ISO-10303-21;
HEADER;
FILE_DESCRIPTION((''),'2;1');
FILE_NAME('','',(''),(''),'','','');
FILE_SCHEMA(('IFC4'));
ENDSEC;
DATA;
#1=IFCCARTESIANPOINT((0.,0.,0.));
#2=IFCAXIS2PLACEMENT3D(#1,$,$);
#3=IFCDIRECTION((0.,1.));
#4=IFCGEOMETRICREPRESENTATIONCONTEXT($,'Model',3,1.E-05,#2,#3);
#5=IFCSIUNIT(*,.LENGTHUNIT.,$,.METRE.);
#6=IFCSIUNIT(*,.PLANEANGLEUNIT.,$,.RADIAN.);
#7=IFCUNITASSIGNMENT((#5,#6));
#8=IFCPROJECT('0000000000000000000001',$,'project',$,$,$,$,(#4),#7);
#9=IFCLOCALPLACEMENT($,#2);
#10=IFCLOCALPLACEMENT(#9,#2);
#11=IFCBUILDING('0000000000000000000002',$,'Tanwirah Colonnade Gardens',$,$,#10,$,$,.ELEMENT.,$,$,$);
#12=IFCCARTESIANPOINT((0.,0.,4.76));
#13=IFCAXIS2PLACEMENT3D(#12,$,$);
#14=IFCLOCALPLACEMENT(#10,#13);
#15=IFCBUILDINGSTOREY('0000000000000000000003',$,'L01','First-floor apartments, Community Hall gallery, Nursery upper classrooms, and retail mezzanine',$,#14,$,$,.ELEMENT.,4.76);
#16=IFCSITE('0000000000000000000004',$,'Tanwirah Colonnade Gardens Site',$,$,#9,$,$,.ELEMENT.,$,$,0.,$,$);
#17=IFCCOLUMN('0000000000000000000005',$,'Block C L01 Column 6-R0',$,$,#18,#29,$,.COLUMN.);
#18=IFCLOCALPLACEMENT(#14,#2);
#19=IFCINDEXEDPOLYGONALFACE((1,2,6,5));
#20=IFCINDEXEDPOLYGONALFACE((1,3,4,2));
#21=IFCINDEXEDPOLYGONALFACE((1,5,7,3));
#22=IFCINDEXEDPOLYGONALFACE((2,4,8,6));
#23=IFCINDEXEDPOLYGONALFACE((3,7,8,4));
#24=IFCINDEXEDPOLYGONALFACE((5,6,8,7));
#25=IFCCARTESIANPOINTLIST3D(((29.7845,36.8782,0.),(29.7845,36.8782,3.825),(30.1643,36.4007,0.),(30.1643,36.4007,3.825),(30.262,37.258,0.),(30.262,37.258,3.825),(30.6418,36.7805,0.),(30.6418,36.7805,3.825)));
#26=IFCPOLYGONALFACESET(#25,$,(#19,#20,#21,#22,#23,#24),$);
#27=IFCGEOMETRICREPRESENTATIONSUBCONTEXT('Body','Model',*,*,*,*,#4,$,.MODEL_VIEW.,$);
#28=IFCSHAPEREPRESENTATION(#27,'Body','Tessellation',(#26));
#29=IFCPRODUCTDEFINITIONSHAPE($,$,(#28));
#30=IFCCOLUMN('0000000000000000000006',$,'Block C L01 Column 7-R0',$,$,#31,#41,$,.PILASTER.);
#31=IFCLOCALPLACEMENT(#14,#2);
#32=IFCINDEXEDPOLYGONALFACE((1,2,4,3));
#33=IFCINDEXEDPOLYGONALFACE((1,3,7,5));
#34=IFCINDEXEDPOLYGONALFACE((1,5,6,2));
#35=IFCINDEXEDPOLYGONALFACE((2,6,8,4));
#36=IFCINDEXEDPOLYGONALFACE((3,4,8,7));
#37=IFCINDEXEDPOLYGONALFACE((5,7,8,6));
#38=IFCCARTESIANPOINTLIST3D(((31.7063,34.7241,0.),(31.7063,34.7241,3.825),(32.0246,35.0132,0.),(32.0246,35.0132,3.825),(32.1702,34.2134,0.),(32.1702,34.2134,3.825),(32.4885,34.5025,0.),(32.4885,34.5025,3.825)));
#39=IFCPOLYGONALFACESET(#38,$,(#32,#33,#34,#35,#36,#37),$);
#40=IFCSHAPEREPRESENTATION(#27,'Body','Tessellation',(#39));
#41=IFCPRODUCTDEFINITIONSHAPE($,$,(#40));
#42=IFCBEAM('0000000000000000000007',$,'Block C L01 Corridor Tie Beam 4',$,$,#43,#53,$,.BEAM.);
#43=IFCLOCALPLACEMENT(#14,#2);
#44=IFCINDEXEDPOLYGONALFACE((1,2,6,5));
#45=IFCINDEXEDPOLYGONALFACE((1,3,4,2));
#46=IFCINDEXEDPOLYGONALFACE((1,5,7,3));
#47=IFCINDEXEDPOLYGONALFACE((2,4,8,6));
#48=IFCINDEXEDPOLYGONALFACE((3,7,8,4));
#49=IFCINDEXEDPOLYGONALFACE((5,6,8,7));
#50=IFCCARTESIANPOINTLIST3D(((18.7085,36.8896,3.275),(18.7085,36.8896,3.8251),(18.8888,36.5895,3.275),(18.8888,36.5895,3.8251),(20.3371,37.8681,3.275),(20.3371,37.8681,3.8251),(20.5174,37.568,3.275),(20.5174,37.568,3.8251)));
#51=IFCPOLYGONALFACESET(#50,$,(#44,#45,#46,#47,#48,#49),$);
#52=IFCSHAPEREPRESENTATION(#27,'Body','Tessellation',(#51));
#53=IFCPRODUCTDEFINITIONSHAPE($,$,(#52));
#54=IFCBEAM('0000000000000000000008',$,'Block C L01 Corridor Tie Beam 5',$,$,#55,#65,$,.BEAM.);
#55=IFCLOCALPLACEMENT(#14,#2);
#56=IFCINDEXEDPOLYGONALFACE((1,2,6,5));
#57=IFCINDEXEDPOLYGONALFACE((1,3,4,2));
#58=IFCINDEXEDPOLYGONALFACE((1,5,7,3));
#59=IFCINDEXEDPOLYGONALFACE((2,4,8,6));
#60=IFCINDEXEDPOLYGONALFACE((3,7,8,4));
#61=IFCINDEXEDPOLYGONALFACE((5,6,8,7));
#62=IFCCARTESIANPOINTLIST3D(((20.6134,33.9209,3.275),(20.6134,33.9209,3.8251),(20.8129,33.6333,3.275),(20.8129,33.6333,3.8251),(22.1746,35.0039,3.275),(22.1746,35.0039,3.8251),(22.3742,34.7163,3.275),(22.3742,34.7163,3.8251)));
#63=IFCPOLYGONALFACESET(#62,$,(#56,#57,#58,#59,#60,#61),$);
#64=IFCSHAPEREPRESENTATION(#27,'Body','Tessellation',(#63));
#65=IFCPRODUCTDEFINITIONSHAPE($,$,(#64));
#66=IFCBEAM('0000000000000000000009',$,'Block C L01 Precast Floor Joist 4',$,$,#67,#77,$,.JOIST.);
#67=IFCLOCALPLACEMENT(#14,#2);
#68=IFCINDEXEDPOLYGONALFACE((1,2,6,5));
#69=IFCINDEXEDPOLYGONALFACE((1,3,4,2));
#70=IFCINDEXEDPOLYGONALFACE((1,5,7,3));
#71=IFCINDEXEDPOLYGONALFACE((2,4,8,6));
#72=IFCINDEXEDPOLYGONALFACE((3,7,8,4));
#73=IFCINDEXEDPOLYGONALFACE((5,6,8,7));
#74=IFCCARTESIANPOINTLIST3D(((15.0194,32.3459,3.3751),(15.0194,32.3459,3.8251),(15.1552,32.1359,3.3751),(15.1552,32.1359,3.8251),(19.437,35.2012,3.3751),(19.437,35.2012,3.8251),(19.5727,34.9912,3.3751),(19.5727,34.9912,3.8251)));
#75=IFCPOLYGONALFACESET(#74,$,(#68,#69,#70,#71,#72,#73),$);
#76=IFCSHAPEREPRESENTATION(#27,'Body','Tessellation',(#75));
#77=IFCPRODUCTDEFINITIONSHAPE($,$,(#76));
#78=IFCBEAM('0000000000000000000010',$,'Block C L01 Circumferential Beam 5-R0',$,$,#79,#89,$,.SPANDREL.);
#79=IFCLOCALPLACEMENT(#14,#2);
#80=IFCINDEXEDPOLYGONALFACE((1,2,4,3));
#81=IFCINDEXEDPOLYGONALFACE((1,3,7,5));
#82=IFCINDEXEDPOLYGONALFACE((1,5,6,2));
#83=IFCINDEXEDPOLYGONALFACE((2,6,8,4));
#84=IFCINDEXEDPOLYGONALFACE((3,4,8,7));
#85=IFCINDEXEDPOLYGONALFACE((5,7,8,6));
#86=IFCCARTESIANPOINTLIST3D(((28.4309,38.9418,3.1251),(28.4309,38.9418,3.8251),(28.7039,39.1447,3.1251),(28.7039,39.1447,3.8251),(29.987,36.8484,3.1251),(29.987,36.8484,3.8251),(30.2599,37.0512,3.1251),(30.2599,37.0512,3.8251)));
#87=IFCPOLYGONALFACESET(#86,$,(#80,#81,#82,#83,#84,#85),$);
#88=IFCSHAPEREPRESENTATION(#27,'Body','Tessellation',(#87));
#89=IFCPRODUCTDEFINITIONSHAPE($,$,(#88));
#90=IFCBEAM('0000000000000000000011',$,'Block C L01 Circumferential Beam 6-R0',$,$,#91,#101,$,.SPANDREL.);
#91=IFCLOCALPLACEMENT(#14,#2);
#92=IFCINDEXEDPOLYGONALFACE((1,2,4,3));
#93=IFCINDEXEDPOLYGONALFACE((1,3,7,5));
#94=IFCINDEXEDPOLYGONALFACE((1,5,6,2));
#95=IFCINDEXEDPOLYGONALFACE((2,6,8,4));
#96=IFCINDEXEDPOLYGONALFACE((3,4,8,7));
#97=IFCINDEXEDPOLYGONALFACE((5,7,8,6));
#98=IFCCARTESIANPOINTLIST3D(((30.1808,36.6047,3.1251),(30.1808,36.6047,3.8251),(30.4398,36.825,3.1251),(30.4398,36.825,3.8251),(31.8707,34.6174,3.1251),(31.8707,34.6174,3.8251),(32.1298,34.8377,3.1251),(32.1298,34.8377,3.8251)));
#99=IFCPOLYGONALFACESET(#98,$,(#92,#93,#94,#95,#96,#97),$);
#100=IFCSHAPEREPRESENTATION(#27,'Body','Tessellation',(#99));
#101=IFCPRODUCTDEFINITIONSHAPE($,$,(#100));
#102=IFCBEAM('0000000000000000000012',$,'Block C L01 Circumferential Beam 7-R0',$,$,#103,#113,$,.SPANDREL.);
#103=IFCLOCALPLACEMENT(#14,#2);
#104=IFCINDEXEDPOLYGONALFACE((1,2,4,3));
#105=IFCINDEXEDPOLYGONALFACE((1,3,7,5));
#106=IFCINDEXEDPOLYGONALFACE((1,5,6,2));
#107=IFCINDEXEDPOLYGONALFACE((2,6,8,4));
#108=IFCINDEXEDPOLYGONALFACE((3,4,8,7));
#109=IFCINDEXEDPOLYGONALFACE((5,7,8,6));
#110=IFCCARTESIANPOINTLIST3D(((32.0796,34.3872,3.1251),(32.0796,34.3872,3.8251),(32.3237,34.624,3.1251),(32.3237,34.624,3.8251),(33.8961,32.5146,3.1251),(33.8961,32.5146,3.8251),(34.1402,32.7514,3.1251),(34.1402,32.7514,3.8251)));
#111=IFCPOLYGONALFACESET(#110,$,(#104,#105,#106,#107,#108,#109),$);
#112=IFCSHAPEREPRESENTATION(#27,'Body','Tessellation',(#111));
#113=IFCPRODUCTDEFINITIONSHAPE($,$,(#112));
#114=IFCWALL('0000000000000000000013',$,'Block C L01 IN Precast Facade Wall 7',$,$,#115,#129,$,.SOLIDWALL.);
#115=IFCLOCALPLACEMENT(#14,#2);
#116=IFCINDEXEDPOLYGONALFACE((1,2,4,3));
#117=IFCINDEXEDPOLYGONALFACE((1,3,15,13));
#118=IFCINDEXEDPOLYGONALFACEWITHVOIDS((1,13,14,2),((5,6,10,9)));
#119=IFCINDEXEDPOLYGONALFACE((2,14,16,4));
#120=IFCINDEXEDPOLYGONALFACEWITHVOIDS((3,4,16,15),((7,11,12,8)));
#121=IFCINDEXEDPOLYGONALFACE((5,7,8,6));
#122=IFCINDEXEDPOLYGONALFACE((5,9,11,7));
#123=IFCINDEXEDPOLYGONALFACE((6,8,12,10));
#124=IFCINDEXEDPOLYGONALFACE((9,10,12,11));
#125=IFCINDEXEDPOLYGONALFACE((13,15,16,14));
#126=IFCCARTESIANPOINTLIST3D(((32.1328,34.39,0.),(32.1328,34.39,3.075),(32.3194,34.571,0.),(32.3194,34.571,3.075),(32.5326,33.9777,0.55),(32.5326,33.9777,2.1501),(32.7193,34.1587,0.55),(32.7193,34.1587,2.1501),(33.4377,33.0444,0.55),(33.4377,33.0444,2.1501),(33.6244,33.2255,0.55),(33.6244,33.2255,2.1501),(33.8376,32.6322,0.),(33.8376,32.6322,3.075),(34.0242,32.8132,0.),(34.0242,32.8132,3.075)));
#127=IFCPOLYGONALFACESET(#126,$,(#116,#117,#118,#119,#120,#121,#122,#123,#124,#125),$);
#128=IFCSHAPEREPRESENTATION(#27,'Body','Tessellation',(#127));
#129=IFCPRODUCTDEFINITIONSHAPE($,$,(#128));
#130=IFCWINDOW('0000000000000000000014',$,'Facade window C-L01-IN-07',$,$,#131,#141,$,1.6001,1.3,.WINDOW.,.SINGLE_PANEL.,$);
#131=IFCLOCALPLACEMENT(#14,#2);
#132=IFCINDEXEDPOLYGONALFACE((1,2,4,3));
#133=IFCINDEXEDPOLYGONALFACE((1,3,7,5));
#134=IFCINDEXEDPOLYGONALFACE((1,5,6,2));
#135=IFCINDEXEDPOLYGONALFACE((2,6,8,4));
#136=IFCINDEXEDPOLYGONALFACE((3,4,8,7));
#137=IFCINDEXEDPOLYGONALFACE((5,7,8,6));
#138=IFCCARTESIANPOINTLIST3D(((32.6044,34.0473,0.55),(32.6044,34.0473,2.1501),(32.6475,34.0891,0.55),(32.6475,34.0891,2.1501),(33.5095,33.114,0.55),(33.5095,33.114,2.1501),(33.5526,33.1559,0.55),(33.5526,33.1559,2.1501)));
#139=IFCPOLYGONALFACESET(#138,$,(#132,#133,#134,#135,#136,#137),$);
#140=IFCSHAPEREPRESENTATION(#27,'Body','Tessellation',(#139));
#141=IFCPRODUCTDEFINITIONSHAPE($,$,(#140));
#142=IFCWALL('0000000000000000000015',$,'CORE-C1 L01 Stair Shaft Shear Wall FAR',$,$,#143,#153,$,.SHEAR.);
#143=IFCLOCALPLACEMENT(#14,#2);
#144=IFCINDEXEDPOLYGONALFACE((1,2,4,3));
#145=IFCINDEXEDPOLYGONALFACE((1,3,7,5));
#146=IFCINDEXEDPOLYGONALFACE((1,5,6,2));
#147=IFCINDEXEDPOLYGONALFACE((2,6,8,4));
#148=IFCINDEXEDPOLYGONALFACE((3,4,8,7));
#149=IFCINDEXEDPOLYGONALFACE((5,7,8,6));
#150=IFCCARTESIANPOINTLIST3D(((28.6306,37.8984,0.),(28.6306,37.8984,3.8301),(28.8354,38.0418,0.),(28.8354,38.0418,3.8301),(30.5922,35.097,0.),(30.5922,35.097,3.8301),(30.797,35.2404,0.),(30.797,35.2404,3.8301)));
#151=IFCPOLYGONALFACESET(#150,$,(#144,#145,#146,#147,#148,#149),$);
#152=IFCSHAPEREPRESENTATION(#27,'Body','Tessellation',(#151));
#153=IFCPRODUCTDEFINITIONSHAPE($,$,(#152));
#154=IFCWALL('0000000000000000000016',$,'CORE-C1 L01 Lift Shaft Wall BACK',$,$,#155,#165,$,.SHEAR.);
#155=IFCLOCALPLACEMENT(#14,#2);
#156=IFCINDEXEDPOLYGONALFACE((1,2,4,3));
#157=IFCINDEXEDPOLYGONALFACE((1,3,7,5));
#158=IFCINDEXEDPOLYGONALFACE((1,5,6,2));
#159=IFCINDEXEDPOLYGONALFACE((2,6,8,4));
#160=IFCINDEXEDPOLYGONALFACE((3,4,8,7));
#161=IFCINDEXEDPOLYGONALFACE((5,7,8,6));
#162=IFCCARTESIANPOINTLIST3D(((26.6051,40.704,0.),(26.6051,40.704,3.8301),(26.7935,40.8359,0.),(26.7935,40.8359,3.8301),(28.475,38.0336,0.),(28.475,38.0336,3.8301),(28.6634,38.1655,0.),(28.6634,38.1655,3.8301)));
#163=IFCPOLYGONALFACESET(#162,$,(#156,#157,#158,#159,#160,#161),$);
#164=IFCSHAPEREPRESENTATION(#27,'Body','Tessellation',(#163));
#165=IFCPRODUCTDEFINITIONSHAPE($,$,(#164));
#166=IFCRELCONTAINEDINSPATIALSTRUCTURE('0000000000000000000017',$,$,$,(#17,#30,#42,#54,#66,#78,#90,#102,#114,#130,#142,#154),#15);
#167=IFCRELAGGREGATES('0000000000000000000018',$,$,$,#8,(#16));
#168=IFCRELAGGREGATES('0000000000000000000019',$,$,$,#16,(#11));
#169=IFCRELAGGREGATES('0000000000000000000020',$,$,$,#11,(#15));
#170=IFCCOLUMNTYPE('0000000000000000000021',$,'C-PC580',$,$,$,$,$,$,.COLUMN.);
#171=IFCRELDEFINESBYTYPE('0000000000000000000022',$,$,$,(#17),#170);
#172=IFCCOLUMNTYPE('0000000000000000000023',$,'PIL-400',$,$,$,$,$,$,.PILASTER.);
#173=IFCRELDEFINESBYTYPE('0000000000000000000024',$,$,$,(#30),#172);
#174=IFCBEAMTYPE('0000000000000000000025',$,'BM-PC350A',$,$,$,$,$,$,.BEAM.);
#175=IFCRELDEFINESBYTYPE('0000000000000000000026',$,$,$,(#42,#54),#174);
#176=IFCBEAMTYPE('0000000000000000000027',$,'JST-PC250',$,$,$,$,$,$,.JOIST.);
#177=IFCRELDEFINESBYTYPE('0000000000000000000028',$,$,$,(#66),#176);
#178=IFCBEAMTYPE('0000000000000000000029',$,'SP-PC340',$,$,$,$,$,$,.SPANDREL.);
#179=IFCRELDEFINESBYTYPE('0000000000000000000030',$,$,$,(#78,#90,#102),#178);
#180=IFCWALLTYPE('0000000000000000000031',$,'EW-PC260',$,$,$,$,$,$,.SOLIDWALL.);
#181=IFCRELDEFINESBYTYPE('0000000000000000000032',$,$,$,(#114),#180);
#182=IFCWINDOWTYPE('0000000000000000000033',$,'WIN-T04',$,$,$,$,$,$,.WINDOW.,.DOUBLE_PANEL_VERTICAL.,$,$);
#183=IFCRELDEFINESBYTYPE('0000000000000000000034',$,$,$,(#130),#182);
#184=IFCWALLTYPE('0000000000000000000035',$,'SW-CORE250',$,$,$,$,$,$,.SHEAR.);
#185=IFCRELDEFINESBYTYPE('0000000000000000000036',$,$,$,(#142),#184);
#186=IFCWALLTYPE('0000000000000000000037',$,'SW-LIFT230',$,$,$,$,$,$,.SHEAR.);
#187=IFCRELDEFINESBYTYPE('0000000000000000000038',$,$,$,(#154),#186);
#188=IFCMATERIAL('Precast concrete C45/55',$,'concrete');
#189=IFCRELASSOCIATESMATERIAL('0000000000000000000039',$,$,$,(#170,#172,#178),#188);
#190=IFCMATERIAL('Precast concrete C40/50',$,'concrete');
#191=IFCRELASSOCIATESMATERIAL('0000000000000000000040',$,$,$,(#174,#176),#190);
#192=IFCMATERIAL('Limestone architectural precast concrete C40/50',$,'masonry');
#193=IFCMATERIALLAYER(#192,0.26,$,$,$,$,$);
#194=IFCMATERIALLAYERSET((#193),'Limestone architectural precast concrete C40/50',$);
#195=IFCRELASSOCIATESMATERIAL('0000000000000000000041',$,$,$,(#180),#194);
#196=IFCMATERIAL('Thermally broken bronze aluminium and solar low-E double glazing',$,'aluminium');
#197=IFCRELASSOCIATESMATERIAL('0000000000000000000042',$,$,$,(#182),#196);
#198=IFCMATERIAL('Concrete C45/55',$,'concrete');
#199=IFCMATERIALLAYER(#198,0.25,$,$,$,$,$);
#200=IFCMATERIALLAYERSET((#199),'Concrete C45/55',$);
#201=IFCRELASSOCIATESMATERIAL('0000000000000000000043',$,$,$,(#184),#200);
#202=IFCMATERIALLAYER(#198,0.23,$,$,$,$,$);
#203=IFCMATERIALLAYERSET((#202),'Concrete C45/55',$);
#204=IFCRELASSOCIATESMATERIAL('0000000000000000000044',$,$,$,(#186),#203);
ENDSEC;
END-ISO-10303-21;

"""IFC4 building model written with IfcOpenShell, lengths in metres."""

from ifc_helpers import new_model, si_unit, direction, frame, frame_2d, origin, origin_2d, place, context, subcontext, project, spatial, rectangle, extrude, material, layer, layer_set, material_profile, profile_set, type_object, element, fill, save


model = new_model("IFC4")

# Units and contexts
model_context = context("Model", 3, precision=1e-05, world=origin(), true_north=direction((0.0, 1.0)))
body_context = subcontext(model_context, "Body", "Model", "MODEL_VIEW")
ifc_project = project(units=[si_unit("LENGTHUNIT", "METRE"), si_unit("PLANEANGLEUNIT", "RADIAN")], contexts=[model_context])

# Site, building, storey
site_placement = place(None, origin())
site = spatial("IfcSite", under=ifc_project, at=site_placement, Name="Tanwirah Colonnade Gardens Site", CompositionType="ELEMENT", RefElevation=0.0)
building_placement = place(site_placement, origin())
building = spatial("IfcBuilding", under=site, at=building_placement, Name="Tanwirah Colonnade Gardens", CompositionType="ELEMENT")
storey_placement = place(building_placement, frame((0.0, 0.0, 4.76)))
storey = spatial("IfcBuildingStorey", under=building, at=storey_placement, Name="L01", Description="First-floor apartments, Community Hall gallery, Nursery upper classrooms, and retail mezzanine", CompositionType="ELEMENT", Elevation=4.76)

# Columns
ifc_material_1 = material(Name="Precast concrete C45/55", Category="concrete")
ifc_material_profile_1 = material_profile(ifc_material_1, rectangle(XDim=0.6101, YDim=0.6101, at=origin_2d()), Name="PC-COL 610x610")
ifc_profile_set_1 = profile_set([ifc_material_profile_1], Name="Precast concrete C45/55")
column_type_1 = type_object("IfcColumnType", Name="C-PC580", PredefinedType="COLUMN", material=ifc_profile_set_1)
column_1_placement = place(storey_placement, frame((30.2131, 36.8293, 0.0), z_axis=(0.0, 0.0, 1.0), x_axis=(-0.782608, -0.622515, 0.0)))
element("IfcColumn", 1, at=column_1_placement, inside=storey, type_object=column_type_1, Name="Block C L01 Column 6-R0", PredefinedType="COLUMN", context=body_context, shape_type="SweptSolid", body=[
    extrude(rectangle(XDim=0.6101, YDim=0.6101, at=origin_2d()), origin(), (0.0, 0.0, 1.0), 3.825),
])
ifc_material_profile_2 = material_profile(ifc_material_1, rectangle(XDim=0.4299, YDim=0.6899, at=origin_2d()), Name="PC-PIL 430x690")
ifc_profile_set_2 = profile_set([ifc_material_profile_2], Name="Precast concrete C45/55")
column_type_2 = type_object("IfcColumnType", Name="PIL-400", PredefinedType="PILASTER", material=ifc_profile_set_2)
column_2_placement = place(storey_placement, frame((32.0974, 34.6133, 0.0), z_axis=(0.0, 0.0, 1.0), x_axis=(-0.740218, -0.672367, 0.0)))
element("IfcColumn", 2, at=column_2_placement, inside=storey, type_object=column_type_2, Name="Block C L01 Column 7-R0", PredefinedType="PILASTER", context=body_context, shape_type="SweptSolid", body=[
    extrude(rectangle(XDim=0.4299, YDim=0.6899, at=origin_2d()), origin(), (0.0, 0.0, 1.0), 3.825),
])

# Beams
ifc_material_2 = material(Name="Precast concrete C40/50", Category="concrete")
ifc_material_profile_3 = material_profile(ifc_material_2, rectangle(XDim=0.3501, YDim=0.55, at=origin_2d()), Name="PC-BM 350x550")
ifc_profile_set_3 = profile_set([ifc_material_profile_3], Name="Precast concrete C40/50")
beam_type_1 = type_object("IfcBeamType", Name="BM-PC350A", PredefinedType="BEAM", material=ifc_profile_set_3)
beam_1_placement = place(storey_placement, frame((20.4272, 37.718, 3.55), z_axis=(-0.857187, -0.515006, 0.0), x_axis=(0.515006, -0.857187, 0.0)))
element("IfcBeam", 3, at=beam_1_placement, inside=storey, type_object=beam_type_1, Name="Block C L01 Corridor Tie Beam 4", PredefinedType="BEAM", context=body_context, shape_type="SweptSolid", body=[
    extrude(rectangle(XDim=0.3501, YDim=0.55, at=origin_2d()), origin(), (0.0, 0.0, 1.0), 1.8999),
])
beam_2_placement = place(storey_placement, frame((22.2744, 34.8601, 3.55), z_axis=(-0.821669, -0.569965, 0.0), x_axis=(0.569965, -0.821669, 0.0)))
element("IfcBeam", 4, at=beam_2_placement, inside=storey, type_object=beam_type_1, Name="Block C L01 Corridor Tie Beam 5", PredefinedType="BEAM", context=body_context, shape_type="SweptSolid", body=[
    extrude(rectangle(XDim=0.3501, YDim=0.55, at=origin_2d()), origin(), (0.0, 0.0, 1.0), 1.9001),
])
ifc_material_profile_4 = material_profile(ifc_material_2, rectangle(XDim=0.25, YDim=0.45, at=origin_2d()), Name="PC-JST 250x450")
ifc_profile_set_4 = profile_set([ifc_material_profile_4], Name="Precast concrete C40/50")
beam_type_2 = type_object("IfcBeamType", Name="JST-PC250", PredefinedType="JOIST", material=ifc_profile_set_4)
beam_3_placement = place(storey_placement, frame((19.5049, 35.0962, 3.6001), z_axis=(-0.839843, -0.54283, 0.0), x_axis=(0.54283, -0.839843, 0.0)))
element("IfcBeam", 5, at=beam_3_placement, inside=storey, type_object=beam_type_2, Name="Block C L01 Precast Floor Joist 4", PredefinedType="JOIST", context=body_context, shape_type="SweptSolid", body=[
    extrude(rectangle(XDim=0.25, YDim=0.45, at=origin_2d()), origin(), (0.0, 0.0, 1.0), 5.26),
])
ifc_material_profile_5 = material_profile(ifc_material_1, rectangle(XDim=0.3401, YDim=0.7, at=origin_2d()), Name="PC-SP 340x700")
ifc_profile_set_5 = profile_set([ifc_material_profile_5], Name="Precast concrete C45/55")
beam_type_3 = type_object("IfcBeamType", Name="SP-PC340", PredefinedType="SPANDREL", material=ifc_profile_set_5)
beam_4_placement = place(storey_placement, frame((28.5674, 39.0432, 3.4751), z_axis=(0.596565, -0.802565, 0.0), x_axis=(0.802565, 0.596565, 0.0)))
element("IfcBeam", 6, at=beam_4_placement, inside=storey, type_object=beam_type_3, Name="Block C L01 Circumferential Beam 5-R0", PredefinedType="SPANDREL", context=body_context, shape_type="SweptSolid", body=[
    extrude(rectangle(XDim=0.3401, YDim=0.7, at=origin_2d()), origin(), (0.0, 0.0, 1.0), 2.6084),
])
beam_5_placement = place(storey_placement, frame((30.3103, 36.7148, 3.4751), z_axis=(0.647811, -0.761801, 0.0), x_axis=(0.761801, 0.647811, 0.0)))
element("IfcBeam", 7, at=beam_5_placement, inside=storey, type_object=beam_type_3, Name="Block C L01 Circumferential Beam 6-R0", PredefinedType="SPANDREL", context=body_context, shape_type="SweptSolid", body=[
    extrude(rectangle(XDim=0.3401, YDim=0.7, at=origin_2d()), origin(), (0.0, 0.0, 1.0), 2.6086),
])
beam_6_placement = place(storey_placement, frame((32.2017, 34.5056, 3.4751), z_axis=(0.696263, -0.717787, 0.0), x_axis=(0.717787, 0.696263, 0.0)))
element("IfcBeam", 8, at=beam_6_placement, inside=storey, type_object=beam_type_3, Name="Block C L01 Circumferential Beam 7-R0", PredefinedType="SPANDREL", context=body_context, shape_type="SweptSolid", body=[
    extrude(rectangle(XDim=0.3401, YDim=0.7, at=origin_2d()), origin(), (0.0, 0.0, 1.0), 2.6089),
])

# Wall, opening, window
ifc_material_3 = material(Name="Limestone architectural precast concrete C40/50", Category="masonry")
ifc_layer_1 = layer(ifc_material_3, 0.26)
ifc_layer_set_1 = layer_set([ifc_layer_1], Name="Limestone architectural precast concrete C40/50")
wall_type_1 = type_object("IfcWallType", Name="EW-PC260", PredefinedType="SOLIDWALL", material=ifc_layer_set_1)
wall_1_placement = place(storey_placement, frame((32.2261, 34.4805, 0.0), z_axis=(0.0, 0.0, 1.0), x_axis=(0.696207, -0.717842, 0.0)))
wall_1 = element("IfcWall", 9, at=wall_1_placement, inside=storey, type_object=wall_type_1, Name="Block C L01 IN Precast Facade Wall 7", PredefinedType="SOLIDWALL", context=body_context, shape_type="SweptSolid", body=[
    extrude(rectangle(XDim=2.4487, YDim=0.26, at=frame_2d((1.2244, 0.0))), origin(), (0.0, 0.0, 1.0), 3.075),
])
opening_1_placement = place(wall_1_placement, frame((0.5745, 0.0, 0.55)))
opening_1 = element("IfcOpeningElement", 10, at=opening_1_placement, cuts=wall_1, PredefinedType="OPENING", context=body_context, shape_type="SweptSolid", body=[
    extrude(rectangle(XDim=1.3, YDim=1.6001, at=frame_2d((0.6499, 0.8))), frame((0.0, 0.1399, 0.0), z_axis=(0.0, -1.0, 0.0), x_axis=(1.0, 0.0, 0.0)), (0.0, 0.0, 1.0), 0.28),
])
ifc_material_4 = material(Name="Thermally broken bronze aluminium and solar low-E double glazing", Category="aluminium")
window_type = type_object("IfcWindowType", Name="WIN-T04", PartitioningType="DOUBLE_PANEL_VERTICAL", PredefinedType="WINDOW", material=ifc_material_4)
window_placement = place(opening_1_placement, origin())
window = element("IfcWindow", 11, at=window_placement, inside=storey, type_object=window_type, Name="Facade window C-L01-IN-07", OverallHeight=1.6001, OverallWidth=1.3, PartitioningType="SINGLE_PANEL", PredefinedType="WINDOW", context=body_context, shape_type="SweptSolid", body=[
    extrude(rectangle(XDim=1.3, YDim=1.6001, at=frame_2d((0.6499, 0.8))), frame((0.0, 0.03, 0.0), z_axis=(0.0, -1.0, 0.0), x_axis=(1.0, 0.0, 0.0)), (0.0, 0.0, 1.0), 0.0601),
])
fill(opening_1, window)

# Wall
ifc_material_5 = material(Name="Concrete C45/55", Category="concrete")
ifc_layer_2 = layer(ifc_material_5, 0.25)
ifc_layer_set_2 = layer_set([ifc_layer_2], Name="Concrete C45/55")
wall_type_2 = type_object("IfcWallType", Name="SW-CORE250", PredefinedType="SHEAR", material=ifc_layer_set_2)
wall_2_placement = place(storey_placement, frame((30.6946, 35.1687, 0.0), z_axis=(0.0, 0.0, 1.0), x_axis=(-0.573582, 0.819148, 0.0)))
element("IfcWall", 12, at=wall_2_placement, inside=storey, type_object=wall_type_2, Name="CORE-C1 L01 Stair Shaft Shear Wall FAR", PredefinedType="SHEAR", context=body_context, shape_type="SweptSolid", body=[
    extrude(rectangle(XDim=3.4199, YDim=0.25, at=frame_2d((1.71, 0.0))), origin(), (0.0, 0.0, 1.0), 3.8301),
])

# Shared definitions
ifc_layer_3 = layer(ifc_material_5, 0.23)
ifc_layer_set_3 = layer_set([ifc_layer_3], Name="Concrete C45/55")
wall_type_3 = type_object("IfcWallType", Name="SW-LIFT230", PredefinedType="SHEAR", material=ifc_layer_set_3)

# Wall
wall_3_placement = place(storey_placement, frame((28.5691, 38.0996, 0.0), z_axis=(0.0, 0.0, 1.0), x_axis=(-0.573583, 0.819147, 0.0)))
element("IfcWall", 13, at=wall_3_placement, inside=storey, type_object=wall_type_3, Name="CORE-C1 L01 Lift Shaft Wall BACK", PredefinedType="SHEAR", context=body_context, shape_type="SweptSolid", body=[
    extrude(rectangle(XDim=3.26, YDim=0.23, at=frame_2d((1.6299, 0.0))), origin(), (0.0, 0.0, 1.0), 3.8301),
])

save(model, "model.ifc")
